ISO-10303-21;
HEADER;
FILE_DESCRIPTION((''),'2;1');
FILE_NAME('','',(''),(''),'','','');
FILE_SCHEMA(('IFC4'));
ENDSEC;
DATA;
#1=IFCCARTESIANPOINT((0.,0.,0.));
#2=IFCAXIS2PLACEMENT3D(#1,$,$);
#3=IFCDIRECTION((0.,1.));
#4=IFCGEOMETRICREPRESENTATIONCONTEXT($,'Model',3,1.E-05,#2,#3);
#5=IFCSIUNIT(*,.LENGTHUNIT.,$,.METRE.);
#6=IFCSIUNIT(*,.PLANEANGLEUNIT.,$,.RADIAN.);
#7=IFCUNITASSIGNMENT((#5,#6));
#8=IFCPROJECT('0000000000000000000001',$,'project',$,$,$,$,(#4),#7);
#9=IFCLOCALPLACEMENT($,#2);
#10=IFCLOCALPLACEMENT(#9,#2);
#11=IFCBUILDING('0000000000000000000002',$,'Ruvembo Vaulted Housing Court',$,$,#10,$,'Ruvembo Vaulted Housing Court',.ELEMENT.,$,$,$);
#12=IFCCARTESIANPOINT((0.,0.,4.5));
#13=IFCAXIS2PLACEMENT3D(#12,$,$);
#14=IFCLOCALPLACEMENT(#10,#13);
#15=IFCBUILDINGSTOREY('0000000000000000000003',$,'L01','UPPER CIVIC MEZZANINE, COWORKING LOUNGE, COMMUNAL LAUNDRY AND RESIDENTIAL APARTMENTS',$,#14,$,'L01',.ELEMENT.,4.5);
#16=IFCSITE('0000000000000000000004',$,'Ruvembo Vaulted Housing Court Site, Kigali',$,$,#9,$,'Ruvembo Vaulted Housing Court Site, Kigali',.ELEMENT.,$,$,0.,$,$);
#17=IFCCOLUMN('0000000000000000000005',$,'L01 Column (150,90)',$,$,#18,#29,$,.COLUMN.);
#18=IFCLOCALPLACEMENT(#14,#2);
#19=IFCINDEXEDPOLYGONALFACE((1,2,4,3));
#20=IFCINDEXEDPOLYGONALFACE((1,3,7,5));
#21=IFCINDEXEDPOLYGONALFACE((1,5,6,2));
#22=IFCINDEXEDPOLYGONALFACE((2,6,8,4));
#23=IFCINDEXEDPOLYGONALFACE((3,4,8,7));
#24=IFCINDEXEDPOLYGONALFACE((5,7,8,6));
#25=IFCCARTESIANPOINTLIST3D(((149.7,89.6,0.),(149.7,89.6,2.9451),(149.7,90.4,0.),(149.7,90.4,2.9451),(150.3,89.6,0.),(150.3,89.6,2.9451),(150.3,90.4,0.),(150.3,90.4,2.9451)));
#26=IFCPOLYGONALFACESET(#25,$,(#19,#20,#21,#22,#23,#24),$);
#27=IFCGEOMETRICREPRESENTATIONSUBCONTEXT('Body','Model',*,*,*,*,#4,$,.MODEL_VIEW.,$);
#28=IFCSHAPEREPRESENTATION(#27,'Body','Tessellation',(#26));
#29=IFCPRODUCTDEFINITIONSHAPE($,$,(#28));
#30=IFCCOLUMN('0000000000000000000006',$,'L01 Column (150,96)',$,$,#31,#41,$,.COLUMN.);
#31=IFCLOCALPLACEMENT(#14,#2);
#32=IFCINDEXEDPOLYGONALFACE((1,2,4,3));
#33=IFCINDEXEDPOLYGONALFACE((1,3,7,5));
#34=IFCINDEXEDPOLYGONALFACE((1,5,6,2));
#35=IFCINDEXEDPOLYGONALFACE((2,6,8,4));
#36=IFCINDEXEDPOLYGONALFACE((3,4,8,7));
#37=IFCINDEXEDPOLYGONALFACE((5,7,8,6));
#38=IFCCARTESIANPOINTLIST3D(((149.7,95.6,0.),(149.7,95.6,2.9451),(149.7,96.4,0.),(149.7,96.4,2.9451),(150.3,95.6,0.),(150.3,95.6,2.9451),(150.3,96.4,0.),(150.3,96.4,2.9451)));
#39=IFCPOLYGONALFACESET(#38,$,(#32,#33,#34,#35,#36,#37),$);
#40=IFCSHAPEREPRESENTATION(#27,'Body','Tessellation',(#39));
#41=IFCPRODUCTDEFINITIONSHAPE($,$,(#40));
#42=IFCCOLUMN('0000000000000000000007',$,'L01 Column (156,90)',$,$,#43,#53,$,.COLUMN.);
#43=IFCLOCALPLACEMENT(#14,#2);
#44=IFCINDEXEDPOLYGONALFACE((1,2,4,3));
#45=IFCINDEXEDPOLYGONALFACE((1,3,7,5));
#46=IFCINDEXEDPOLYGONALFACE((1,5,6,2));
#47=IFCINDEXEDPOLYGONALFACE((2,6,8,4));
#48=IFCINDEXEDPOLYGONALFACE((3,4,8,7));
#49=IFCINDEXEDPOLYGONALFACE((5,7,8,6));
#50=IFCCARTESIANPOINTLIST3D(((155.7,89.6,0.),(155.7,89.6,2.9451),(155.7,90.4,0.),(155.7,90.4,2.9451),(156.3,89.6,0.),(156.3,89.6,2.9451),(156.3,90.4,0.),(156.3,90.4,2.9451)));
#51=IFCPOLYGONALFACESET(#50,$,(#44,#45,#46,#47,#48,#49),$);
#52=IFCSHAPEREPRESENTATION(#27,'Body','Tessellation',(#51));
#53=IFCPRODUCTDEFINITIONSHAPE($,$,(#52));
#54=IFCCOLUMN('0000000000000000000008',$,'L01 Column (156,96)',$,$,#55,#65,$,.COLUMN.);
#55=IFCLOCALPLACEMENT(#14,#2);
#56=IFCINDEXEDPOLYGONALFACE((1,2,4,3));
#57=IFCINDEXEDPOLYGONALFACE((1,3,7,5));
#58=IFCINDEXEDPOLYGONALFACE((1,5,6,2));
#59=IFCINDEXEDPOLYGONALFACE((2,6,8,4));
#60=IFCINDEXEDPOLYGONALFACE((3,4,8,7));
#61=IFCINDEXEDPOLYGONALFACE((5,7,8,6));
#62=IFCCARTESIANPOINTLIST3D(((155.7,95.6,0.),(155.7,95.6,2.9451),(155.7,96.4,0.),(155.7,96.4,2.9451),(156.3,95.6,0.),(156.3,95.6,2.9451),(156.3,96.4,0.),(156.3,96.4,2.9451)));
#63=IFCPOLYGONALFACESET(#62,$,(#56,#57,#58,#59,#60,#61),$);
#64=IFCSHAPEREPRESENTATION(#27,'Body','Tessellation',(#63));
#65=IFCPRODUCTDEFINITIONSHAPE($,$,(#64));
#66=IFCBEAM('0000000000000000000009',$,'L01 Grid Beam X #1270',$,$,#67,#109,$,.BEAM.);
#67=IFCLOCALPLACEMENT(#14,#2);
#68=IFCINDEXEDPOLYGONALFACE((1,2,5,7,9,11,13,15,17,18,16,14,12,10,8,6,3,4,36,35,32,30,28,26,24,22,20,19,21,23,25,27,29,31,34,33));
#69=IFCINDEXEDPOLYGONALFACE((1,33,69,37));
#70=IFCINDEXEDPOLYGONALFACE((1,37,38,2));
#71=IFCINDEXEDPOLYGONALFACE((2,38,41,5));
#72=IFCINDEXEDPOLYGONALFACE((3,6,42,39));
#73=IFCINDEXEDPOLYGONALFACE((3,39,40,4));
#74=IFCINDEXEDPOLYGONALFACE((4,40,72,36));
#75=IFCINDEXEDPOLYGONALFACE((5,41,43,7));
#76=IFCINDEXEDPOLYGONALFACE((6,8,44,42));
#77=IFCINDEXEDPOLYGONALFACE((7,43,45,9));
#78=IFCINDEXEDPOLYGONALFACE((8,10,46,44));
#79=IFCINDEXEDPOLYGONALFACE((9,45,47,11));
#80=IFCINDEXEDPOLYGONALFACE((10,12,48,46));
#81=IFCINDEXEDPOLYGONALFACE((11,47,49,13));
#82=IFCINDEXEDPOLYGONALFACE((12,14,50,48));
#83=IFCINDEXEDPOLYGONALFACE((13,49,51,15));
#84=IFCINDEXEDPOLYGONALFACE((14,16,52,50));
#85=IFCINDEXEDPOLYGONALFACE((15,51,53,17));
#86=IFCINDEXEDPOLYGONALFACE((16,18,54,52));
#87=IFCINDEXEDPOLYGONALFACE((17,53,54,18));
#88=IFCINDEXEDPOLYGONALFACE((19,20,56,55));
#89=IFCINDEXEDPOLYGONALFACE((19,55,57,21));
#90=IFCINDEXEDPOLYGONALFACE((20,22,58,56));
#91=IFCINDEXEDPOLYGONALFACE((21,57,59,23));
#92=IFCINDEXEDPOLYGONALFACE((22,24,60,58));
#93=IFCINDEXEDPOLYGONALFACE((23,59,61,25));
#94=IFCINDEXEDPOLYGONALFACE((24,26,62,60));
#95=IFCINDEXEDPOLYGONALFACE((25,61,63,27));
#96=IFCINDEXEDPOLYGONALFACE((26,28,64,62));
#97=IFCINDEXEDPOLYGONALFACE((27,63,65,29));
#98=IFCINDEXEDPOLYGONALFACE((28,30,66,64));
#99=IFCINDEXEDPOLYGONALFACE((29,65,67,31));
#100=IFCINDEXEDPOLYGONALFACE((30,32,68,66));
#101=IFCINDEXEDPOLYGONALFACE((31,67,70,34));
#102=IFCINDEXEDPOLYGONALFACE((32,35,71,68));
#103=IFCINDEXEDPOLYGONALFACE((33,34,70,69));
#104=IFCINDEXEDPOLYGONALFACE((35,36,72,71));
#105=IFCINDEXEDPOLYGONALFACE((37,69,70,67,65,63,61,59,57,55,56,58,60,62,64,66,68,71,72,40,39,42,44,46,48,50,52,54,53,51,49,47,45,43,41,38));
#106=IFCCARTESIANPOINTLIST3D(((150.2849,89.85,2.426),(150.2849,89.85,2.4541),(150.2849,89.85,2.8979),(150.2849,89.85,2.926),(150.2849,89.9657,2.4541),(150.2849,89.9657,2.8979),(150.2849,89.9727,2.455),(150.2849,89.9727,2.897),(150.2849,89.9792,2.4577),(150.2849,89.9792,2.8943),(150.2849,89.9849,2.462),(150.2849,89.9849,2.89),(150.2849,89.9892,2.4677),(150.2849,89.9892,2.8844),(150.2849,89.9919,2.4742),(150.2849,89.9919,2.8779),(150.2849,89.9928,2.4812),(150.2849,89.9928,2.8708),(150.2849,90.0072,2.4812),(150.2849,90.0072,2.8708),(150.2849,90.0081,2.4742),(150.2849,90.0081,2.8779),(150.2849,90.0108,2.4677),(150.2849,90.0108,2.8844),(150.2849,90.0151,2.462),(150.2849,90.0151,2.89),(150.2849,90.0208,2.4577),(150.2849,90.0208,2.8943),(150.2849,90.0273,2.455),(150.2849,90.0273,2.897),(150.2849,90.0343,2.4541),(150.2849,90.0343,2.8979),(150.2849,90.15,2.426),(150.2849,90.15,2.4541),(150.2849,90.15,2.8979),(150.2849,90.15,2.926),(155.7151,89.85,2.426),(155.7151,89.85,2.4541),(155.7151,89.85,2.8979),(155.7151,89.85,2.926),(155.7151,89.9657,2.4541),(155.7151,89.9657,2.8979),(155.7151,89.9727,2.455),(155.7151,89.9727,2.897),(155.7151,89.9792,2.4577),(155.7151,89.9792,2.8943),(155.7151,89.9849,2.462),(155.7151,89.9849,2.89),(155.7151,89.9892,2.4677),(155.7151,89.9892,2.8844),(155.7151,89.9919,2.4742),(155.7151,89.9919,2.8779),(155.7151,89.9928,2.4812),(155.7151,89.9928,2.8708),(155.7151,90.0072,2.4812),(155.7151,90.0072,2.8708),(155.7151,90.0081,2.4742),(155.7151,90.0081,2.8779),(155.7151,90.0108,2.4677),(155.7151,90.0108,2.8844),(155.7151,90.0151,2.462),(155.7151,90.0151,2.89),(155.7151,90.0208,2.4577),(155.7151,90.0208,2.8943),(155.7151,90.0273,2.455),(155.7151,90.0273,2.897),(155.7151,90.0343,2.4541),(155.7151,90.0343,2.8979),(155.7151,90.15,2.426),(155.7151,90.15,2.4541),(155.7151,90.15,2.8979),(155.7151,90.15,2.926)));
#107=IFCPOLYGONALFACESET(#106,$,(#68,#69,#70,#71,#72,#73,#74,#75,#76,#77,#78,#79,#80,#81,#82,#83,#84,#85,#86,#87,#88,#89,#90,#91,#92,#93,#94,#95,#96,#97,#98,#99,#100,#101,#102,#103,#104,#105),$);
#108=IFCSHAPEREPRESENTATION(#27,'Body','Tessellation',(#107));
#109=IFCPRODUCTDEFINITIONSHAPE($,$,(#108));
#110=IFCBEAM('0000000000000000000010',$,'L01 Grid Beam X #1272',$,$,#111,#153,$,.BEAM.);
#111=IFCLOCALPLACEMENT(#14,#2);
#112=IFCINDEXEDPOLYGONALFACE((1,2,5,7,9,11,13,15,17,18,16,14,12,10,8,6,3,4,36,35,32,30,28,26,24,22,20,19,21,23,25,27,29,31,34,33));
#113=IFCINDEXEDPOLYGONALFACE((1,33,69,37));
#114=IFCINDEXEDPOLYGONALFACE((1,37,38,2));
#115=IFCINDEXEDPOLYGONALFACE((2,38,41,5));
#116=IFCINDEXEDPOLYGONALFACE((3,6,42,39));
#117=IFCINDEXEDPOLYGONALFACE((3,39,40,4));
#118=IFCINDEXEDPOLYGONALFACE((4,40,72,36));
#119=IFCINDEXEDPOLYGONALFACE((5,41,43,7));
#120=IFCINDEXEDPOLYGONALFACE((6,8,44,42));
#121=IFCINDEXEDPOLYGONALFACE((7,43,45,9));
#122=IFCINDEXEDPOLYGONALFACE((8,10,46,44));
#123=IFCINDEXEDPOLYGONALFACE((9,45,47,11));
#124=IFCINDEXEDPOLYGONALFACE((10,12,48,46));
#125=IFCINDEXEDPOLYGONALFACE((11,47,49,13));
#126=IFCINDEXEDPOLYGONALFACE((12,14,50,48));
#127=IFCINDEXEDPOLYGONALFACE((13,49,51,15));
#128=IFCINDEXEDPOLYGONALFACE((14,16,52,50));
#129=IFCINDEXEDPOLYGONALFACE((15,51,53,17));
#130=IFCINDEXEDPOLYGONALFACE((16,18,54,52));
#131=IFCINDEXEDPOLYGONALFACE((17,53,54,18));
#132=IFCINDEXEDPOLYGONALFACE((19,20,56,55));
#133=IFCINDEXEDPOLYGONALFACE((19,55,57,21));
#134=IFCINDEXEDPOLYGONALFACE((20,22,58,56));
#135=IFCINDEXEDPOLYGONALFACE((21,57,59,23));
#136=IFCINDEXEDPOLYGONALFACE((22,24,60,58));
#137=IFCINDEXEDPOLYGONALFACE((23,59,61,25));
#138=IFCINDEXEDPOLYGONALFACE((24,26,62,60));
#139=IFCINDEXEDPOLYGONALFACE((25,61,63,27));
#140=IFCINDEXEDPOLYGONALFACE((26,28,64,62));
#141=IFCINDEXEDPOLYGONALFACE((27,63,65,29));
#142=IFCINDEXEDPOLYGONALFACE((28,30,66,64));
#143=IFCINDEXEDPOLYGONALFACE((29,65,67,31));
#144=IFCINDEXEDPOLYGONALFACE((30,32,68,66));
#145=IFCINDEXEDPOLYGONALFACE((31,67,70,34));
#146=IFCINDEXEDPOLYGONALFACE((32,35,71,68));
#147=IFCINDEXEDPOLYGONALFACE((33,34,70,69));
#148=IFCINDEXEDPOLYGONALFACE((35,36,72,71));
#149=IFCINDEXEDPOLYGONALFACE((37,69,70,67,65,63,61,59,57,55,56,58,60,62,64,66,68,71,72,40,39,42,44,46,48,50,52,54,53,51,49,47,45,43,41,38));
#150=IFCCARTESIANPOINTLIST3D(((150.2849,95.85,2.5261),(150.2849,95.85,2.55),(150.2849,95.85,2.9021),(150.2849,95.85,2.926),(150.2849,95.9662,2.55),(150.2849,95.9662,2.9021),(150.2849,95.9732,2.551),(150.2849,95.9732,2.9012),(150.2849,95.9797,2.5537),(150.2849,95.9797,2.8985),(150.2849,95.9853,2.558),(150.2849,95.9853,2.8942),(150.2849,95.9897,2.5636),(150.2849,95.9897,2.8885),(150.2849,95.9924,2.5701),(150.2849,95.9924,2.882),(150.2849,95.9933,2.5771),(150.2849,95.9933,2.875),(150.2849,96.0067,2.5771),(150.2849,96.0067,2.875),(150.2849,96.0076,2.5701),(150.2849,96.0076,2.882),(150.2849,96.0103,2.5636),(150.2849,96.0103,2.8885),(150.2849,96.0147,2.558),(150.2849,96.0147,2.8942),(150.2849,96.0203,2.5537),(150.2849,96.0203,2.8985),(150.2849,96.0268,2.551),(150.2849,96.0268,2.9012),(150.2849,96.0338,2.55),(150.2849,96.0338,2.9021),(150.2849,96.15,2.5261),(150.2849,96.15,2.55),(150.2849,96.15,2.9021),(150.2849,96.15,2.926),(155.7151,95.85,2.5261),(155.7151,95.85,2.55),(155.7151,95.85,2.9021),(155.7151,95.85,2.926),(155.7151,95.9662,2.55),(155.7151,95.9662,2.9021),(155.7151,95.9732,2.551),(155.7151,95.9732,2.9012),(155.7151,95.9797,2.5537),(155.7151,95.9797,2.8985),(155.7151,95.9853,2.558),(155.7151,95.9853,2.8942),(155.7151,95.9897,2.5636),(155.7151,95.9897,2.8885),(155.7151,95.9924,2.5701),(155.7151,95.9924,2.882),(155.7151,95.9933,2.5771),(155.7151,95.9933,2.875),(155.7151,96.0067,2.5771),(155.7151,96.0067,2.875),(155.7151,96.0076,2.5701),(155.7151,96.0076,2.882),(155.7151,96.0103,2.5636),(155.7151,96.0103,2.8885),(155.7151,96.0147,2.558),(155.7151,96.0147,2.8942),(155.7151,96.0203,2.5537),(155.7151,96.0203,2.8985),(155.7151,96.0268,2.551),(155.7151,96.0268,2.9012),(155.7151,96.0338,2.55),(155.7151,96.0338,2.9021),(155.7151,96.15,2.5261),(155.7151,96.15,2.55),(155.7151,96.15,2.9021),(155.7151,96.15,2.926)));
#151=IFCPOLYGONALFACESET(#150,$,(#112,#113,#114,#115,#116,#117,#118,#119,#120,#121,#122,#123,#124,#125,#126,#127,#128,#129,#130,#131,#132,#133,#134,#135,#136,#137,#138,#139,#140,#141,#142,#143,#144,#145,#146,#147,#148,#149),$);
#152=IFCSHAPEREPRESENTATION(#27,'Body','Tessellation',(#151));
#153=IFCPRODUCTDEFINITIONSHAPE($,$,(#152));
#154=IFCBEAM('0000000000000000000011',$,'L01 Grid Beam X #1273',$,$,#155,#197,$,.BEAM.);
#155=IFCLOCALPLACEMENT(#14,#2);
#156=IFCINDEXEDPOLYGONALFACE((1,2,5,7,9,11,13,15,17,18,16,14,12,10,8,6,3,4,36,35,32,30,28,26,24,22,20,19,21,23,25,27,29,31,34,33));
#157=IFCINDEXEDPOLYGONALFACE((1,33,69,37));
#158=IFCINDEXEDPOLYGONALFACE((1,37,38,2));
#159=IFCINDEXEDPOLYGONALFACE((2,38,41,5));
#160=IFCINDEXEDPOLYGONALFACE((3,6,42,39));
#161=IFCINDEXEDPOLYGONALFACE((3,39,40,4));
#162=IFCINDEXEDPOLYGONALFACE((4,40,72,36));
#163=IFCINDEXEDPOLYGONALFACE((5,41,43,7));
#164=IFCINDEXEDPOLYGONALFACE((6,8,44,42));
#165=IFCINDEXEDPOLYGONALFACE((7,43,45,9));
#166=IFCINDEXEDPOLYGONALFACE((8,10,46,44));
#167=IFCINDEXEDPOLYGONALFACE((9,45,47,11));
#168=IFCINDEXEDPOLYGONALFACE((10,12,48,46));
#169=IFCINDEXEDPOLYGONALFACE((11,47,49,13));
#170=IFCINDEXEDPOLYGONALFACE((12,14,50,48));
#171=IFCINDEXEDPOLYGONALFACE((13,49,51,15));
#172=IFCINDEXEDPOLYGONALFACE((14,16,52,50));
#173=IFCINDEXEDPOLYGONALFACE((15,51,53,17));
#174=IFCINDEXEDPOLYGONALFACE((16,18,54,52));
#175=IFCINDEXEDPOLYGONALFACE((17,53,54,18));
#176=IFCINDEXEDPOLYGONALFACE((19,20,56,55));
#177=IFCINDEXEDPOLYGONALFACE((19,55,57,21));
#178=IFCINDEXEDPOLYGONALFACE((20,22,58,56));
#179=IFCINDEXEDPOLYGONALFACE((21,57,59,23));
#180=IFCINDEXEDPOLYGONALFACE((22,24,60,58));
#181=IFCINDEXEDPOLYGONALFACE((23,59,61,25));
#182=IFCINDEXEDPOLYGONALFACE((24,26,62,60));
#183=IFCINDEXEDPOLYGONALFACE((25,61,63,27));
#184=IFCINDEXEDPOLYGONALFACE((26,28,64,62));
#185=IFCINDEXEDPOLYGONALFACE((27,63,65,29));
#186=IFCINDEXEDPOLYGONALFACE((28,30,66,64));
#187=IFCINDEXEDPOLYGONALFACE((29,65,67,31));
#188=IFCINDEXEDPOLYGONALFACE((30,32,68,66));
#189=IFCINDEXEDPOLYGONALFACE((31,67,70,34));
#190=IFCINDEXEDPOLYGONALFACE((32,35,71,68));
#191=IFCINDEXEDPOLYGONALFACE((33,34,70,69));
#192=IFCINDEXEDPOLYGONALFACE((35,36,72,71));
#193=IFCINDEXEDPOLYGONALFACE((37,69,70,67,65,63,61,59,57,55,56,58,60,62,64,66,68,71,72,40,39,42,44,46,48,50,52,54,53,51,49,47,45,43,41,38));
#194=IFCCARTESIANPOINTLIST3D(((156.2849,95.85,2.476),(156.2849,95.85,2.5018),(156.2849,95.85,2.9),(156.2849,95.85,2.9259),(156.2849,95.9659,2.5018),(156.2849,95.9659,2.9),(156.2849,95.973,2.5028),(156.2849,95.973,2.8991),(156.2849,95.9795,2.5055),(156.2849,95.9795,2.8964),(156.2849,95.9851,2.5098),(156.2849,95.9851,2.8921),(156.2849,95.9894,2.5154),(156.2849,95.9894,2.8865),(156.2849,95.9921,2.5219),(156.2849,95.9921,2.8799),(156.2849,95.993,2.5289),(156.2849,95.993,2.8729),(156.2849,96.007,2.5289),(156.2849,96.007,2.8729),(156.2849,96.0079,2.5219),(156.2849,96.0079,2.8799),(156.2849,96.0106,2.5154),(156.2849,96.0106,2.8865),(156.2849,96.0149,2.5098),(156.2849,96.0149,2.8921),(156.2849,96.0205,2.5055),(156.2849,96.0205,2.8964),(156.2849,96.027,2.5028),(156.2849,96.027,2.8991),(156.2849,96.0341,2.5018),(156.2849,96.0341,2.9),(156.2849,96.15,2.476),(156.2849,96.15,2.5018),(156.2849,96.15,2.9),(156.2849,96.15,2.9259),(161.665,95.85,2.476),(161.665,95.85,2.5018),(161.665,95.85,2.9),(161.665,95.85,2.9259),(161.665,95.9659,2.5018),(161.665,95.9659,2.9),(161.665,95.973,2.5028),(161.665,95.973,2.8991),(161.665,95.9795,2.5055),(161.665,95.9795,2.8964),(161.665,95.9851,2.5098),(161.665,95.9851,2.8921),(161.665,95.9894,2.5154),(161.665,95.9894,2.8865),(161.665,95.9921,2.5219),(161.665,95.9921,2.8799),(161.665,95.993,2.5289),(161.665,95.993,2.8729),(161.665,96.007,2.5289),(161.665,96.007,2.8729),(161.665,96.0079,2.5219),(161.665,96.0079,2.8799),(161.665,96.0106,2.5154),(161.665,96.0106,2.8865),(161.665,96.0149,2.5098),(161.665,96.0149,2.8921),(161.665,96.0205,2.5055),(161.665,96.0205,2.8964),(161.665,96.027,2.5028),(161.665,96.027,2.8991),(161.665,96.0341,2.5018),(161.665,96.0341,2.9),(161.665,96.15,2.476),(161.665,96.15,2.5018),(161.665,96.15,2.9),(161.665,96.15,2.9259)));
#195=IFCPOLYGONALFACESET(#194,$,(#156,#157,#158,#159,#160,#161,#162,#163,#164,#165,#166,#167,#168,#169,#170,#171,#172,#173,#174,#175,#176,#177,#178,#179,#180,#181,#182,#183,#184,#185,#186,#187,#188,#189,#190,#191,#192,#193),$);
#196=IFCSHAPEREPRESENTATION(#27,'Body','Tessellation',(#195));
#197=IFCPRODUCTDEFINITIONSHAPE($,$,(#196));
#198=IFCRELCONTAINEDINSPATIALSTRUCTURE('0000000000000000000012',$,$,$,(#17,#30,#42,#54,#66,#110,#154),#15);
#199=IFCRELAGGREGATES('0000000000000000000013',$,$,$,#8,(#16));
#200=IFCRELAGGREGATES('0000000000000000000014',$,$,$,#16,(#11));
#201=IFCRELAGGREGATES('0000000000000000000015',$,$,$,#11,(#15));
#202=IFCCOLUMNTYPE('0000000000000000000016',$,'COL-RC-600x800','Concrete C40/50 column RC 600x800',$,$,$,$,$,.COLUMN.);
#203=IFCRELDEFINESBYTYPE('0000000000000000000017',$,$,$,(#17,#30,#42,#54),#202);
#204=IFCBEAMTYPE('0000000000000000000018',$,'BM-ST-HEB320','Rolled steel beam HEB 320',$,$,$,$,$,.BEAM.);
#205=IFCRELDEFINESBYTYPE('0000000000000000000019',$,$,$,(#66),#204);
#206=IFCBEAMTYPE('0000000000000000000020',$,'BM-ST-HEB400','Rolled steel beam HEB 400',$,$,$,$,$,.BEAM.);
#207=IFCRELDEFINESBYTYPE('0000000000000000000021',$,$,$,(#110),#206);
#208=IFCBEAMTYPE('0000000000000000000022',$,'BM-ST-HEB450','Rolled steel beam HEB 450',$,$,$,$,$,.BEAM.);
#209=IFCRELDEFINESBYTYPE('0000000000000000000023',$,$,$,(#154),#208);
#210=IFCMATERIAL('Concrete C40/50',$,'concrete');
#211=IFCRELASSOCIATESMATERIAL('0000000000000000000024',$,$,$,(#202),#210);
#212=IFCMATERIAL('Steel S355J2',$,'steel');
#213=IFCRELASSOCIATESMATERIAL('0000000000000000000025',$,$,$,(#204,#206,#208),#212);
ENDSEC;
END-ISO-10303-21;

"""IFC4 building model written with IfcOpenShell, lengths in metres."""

from ifc_helpers import new_model, si_unit, direction, frame, origin, origin_2d, place, context, subcontext, project, spatial, rectangle, i_section, extrude, material, material_profile, profile_set, type_object, element, save


model = new_model("IFC4")

# Units and contexts
model_context = context("Model", 3, precision=1e-05, world=origin(), true_north=direction((0.0, 1.0)))
body_context = subcontext(model_context, "Body", "Model", "MODEL_VIEW")
ifc_project = project(units=[si_unit("LENGTHUNIT", "METRE"), si_unit("PLANEANGLEUNIT", "RADIAN")], contexts=[model_context])

# Site, building, storey
site_placement = place(None, origin())
site = spatial("IfcSite", under=ifc_project, at=site_placement, Name="Ruvembo Vaulted Housing Court Site, Kigali", LongName="Ruvembo Vaulted Housing Court Site, Kigali", CompositionType="ELEMENT", RefElevation=0.0)
building_placement = place(site_placement, origin())
building = spatial("IfcBuilding", under=site, at=building_placement, Name="Ruvembo Vaulted Housing Court", LongName="Ruvembo Vaulted Housing Court", CompositionType="ELEMENT")
storey_placement = place(building_placement, frame((0.0, 0.0, 4.5)))
storey = spatial("IfcBuildingStorey", under=building, at=storey_placement, Name="L01", Description="UPPER CIVIC MEZZANINE, COWORKING LOUNGE, COMMUNAL LAUNDRY AND RESIDENTIAL APARTMENTS", LongName="L01", CompositionType="ELEMENT", Elevation=4.5)

# Columns
ifc_material_1 = material(Name="Concrete C40/50", Category="concrete")
ifc_material_profile_1 = material_profile(ifc_material_1, rectangle(XDim=0.6001, YDim=0.8, at=origin_2d()), Name="RC 600x800")
ifc_profile_set_1 = profile_set([ifc_material_profile_1], Name="Concrete C40/50")
column_type = type_object("IfcColumnType", Name="COL-RC-600x800", Description="Concrete C40/50 column RC 600x800", PredefinedType="COLUMN", material=ifc_profile_set_1)
for number, where, z_axis, x_axis, name in (
    (1, (150.0, 90.0, 0.0), (0.0, 0.0, 1.0), (1.0, 0.0, 0.0), "L01 Column (150,90)"),
    (2, (150.0, 96.0, 0.0), (0.0, 0.0, 1.0), (1.0, 0.0, 0.0), "L01 Column (150,96)"),
    (3, (156.0, 90.0, 0.0), (0.0, 0.0, 1.0), (1.0, 0.0, 0.0), "L01 Column (156,90)"),
    (4, (156.0, 96.0, 0.0), (0.0, 0.0, 1.0), (1.0, 0.0, 0.0), "L01 Column (156,96)"),
):
    element("IfcColumn", number, at=place(storey_placement, frame(where, z_axis=z_axis, x_axis=x_axis)), inside=storey, type_object=column_type, Name=name, PredefinedType="COLUMN", context=body_context, shape_type="SweptSolid", body=[
        extrude(rectangle(XDim=0.6001, YDim=0.8, at=origin_2d()), origin(), (0.0, 0.0, 1.0), 2.9451),
    ])

# Beams
ifc_material_2 = material(Name="Steel S355J2", Category="steel")
ifc_material_profile_2 = material_profile(ifc_material_2, i_section(OverallWidth=0.3, OverallDepth=0.5, WebThickness=0.0144, FlangeThickness=0.0281, FilletRadius=0.0271, at=origin_2d()), Name="HEB 320")
ifc_profile_set_2 = profile_set([ifc_material_profile_2], Name="Steel S355J2")
beam_type_1 = type_object("IfcBeamType", Name="BM-ST-HEB320", Description="Rolled steel beam HEB 320", PredefinedType="BEAM", material=ifc_profile_set_2)
beam_1_placement = place(storey_placement, frame((150.2849, 90.0, 2.676), z_axis=(1.0, 0.0, 0.0), x_axis=(0.0, 1.0, 0.0)))
element("IfcBeam", 5, at=beam_1_placement, inside=storey, type_object=beam_type_1, Name="L01 Grid Beam X #1270", PredefinedType="BEAM", context=body_context, shape_type="SweptSolid", body=[
    extrude(i_section(OverallWidth=0.3, OverallDepth=0.5, WebThickness=0.0144, FlangeThickness=0.0281, FilletRadius=0.0271, at=origin_2d()), origin(), (0.0, 0.0, 1.0), 5.4302),
])
ifc_material_profile_3 = material_profile(ifc_material_2, i_section(OverallWidth=0.3, OverallDepth=0.3999, WebThickness=0.0134, FlangeThickness=0.0239, FilletRadius=0.0271, at=origin_2d()), Name="HEB 400")
ifc_profile_set_3 = profile_set([ifc_material_profile_3], Name="Steel S355J2")
beam_type_2 = type_object("IfcBeamType", Name="BM-ST-HEB400", Description="Rolled steel beam HEB 400", PredefinedType="BEAM", material=ifc_profile_set_3)
beam_2_placement = place(storey_placement, frame((150.2849, 96.0, 2.7261), z_axis=(1.0, 0.0, 0.0), x_axis=(0.0, 1.0, 0.0)))
element("IfcBeam", 6, at=beam_2_placement, inside=storey, type_object=beam_type_2, Name="L01 Grid Beam X #1272", PredefinedType="BEAM", context=body_context, shape_type="SweptSolid", body=[
    extrude(i_section(OverallWidth=0.3, OverallDepth=0.3999, WebThickness=0.0134, FlangeThickness=0.0239, FilletRadius=0.0271, at=origin_2d()), origin(), (0.0, 0.0, 1.0), 5.4302),
])
ifc_material_profile_4 = material_profile(ifc_material_2, i_section(OverallWidth=0.3, OverallDepth=0.45, WebThickness=0.0139, FlangeThickness=0.0259, FilletRadius=0.0271, at=origin_2d()), Name="HEB 450")
ifc_profile_set_4 = profile_set([ifc_material_profile_4], Name="Steel S355J2")
beam_type_3 = type_object("IfcBeamType", Name="BM-ST-HEB450", Description="Rolled steel beam HEB 450", PredefinedType="BEAM", material=ifc_profile_set_4)
beam_3_placement = place(storey_placement, frame((156.2849, 96.0, 2.7009), z_axis=(1.0, 0.0, 0.0), x_axis=(0.0, 1.0, 0.0)))
element("IfcBeam", 7, at=beam_3_placement, inside=storey, type_object=beam_type_3, Name="L01 Grid Beam X #1273", PredefinedType="BEAM", context=body_context, shape_type="SweptSolid", body=[
    extrude(i_section(OverallWidth=0.3, OverallDepth=0.45, WebThickness=0.0139, FlangeThickness=0.0259, FilletRadius=0.0271, at=origin_2d()), origin(), (0.0, 0.0, 1.0), 5.3801),
])

save(model, "model.ifc")
